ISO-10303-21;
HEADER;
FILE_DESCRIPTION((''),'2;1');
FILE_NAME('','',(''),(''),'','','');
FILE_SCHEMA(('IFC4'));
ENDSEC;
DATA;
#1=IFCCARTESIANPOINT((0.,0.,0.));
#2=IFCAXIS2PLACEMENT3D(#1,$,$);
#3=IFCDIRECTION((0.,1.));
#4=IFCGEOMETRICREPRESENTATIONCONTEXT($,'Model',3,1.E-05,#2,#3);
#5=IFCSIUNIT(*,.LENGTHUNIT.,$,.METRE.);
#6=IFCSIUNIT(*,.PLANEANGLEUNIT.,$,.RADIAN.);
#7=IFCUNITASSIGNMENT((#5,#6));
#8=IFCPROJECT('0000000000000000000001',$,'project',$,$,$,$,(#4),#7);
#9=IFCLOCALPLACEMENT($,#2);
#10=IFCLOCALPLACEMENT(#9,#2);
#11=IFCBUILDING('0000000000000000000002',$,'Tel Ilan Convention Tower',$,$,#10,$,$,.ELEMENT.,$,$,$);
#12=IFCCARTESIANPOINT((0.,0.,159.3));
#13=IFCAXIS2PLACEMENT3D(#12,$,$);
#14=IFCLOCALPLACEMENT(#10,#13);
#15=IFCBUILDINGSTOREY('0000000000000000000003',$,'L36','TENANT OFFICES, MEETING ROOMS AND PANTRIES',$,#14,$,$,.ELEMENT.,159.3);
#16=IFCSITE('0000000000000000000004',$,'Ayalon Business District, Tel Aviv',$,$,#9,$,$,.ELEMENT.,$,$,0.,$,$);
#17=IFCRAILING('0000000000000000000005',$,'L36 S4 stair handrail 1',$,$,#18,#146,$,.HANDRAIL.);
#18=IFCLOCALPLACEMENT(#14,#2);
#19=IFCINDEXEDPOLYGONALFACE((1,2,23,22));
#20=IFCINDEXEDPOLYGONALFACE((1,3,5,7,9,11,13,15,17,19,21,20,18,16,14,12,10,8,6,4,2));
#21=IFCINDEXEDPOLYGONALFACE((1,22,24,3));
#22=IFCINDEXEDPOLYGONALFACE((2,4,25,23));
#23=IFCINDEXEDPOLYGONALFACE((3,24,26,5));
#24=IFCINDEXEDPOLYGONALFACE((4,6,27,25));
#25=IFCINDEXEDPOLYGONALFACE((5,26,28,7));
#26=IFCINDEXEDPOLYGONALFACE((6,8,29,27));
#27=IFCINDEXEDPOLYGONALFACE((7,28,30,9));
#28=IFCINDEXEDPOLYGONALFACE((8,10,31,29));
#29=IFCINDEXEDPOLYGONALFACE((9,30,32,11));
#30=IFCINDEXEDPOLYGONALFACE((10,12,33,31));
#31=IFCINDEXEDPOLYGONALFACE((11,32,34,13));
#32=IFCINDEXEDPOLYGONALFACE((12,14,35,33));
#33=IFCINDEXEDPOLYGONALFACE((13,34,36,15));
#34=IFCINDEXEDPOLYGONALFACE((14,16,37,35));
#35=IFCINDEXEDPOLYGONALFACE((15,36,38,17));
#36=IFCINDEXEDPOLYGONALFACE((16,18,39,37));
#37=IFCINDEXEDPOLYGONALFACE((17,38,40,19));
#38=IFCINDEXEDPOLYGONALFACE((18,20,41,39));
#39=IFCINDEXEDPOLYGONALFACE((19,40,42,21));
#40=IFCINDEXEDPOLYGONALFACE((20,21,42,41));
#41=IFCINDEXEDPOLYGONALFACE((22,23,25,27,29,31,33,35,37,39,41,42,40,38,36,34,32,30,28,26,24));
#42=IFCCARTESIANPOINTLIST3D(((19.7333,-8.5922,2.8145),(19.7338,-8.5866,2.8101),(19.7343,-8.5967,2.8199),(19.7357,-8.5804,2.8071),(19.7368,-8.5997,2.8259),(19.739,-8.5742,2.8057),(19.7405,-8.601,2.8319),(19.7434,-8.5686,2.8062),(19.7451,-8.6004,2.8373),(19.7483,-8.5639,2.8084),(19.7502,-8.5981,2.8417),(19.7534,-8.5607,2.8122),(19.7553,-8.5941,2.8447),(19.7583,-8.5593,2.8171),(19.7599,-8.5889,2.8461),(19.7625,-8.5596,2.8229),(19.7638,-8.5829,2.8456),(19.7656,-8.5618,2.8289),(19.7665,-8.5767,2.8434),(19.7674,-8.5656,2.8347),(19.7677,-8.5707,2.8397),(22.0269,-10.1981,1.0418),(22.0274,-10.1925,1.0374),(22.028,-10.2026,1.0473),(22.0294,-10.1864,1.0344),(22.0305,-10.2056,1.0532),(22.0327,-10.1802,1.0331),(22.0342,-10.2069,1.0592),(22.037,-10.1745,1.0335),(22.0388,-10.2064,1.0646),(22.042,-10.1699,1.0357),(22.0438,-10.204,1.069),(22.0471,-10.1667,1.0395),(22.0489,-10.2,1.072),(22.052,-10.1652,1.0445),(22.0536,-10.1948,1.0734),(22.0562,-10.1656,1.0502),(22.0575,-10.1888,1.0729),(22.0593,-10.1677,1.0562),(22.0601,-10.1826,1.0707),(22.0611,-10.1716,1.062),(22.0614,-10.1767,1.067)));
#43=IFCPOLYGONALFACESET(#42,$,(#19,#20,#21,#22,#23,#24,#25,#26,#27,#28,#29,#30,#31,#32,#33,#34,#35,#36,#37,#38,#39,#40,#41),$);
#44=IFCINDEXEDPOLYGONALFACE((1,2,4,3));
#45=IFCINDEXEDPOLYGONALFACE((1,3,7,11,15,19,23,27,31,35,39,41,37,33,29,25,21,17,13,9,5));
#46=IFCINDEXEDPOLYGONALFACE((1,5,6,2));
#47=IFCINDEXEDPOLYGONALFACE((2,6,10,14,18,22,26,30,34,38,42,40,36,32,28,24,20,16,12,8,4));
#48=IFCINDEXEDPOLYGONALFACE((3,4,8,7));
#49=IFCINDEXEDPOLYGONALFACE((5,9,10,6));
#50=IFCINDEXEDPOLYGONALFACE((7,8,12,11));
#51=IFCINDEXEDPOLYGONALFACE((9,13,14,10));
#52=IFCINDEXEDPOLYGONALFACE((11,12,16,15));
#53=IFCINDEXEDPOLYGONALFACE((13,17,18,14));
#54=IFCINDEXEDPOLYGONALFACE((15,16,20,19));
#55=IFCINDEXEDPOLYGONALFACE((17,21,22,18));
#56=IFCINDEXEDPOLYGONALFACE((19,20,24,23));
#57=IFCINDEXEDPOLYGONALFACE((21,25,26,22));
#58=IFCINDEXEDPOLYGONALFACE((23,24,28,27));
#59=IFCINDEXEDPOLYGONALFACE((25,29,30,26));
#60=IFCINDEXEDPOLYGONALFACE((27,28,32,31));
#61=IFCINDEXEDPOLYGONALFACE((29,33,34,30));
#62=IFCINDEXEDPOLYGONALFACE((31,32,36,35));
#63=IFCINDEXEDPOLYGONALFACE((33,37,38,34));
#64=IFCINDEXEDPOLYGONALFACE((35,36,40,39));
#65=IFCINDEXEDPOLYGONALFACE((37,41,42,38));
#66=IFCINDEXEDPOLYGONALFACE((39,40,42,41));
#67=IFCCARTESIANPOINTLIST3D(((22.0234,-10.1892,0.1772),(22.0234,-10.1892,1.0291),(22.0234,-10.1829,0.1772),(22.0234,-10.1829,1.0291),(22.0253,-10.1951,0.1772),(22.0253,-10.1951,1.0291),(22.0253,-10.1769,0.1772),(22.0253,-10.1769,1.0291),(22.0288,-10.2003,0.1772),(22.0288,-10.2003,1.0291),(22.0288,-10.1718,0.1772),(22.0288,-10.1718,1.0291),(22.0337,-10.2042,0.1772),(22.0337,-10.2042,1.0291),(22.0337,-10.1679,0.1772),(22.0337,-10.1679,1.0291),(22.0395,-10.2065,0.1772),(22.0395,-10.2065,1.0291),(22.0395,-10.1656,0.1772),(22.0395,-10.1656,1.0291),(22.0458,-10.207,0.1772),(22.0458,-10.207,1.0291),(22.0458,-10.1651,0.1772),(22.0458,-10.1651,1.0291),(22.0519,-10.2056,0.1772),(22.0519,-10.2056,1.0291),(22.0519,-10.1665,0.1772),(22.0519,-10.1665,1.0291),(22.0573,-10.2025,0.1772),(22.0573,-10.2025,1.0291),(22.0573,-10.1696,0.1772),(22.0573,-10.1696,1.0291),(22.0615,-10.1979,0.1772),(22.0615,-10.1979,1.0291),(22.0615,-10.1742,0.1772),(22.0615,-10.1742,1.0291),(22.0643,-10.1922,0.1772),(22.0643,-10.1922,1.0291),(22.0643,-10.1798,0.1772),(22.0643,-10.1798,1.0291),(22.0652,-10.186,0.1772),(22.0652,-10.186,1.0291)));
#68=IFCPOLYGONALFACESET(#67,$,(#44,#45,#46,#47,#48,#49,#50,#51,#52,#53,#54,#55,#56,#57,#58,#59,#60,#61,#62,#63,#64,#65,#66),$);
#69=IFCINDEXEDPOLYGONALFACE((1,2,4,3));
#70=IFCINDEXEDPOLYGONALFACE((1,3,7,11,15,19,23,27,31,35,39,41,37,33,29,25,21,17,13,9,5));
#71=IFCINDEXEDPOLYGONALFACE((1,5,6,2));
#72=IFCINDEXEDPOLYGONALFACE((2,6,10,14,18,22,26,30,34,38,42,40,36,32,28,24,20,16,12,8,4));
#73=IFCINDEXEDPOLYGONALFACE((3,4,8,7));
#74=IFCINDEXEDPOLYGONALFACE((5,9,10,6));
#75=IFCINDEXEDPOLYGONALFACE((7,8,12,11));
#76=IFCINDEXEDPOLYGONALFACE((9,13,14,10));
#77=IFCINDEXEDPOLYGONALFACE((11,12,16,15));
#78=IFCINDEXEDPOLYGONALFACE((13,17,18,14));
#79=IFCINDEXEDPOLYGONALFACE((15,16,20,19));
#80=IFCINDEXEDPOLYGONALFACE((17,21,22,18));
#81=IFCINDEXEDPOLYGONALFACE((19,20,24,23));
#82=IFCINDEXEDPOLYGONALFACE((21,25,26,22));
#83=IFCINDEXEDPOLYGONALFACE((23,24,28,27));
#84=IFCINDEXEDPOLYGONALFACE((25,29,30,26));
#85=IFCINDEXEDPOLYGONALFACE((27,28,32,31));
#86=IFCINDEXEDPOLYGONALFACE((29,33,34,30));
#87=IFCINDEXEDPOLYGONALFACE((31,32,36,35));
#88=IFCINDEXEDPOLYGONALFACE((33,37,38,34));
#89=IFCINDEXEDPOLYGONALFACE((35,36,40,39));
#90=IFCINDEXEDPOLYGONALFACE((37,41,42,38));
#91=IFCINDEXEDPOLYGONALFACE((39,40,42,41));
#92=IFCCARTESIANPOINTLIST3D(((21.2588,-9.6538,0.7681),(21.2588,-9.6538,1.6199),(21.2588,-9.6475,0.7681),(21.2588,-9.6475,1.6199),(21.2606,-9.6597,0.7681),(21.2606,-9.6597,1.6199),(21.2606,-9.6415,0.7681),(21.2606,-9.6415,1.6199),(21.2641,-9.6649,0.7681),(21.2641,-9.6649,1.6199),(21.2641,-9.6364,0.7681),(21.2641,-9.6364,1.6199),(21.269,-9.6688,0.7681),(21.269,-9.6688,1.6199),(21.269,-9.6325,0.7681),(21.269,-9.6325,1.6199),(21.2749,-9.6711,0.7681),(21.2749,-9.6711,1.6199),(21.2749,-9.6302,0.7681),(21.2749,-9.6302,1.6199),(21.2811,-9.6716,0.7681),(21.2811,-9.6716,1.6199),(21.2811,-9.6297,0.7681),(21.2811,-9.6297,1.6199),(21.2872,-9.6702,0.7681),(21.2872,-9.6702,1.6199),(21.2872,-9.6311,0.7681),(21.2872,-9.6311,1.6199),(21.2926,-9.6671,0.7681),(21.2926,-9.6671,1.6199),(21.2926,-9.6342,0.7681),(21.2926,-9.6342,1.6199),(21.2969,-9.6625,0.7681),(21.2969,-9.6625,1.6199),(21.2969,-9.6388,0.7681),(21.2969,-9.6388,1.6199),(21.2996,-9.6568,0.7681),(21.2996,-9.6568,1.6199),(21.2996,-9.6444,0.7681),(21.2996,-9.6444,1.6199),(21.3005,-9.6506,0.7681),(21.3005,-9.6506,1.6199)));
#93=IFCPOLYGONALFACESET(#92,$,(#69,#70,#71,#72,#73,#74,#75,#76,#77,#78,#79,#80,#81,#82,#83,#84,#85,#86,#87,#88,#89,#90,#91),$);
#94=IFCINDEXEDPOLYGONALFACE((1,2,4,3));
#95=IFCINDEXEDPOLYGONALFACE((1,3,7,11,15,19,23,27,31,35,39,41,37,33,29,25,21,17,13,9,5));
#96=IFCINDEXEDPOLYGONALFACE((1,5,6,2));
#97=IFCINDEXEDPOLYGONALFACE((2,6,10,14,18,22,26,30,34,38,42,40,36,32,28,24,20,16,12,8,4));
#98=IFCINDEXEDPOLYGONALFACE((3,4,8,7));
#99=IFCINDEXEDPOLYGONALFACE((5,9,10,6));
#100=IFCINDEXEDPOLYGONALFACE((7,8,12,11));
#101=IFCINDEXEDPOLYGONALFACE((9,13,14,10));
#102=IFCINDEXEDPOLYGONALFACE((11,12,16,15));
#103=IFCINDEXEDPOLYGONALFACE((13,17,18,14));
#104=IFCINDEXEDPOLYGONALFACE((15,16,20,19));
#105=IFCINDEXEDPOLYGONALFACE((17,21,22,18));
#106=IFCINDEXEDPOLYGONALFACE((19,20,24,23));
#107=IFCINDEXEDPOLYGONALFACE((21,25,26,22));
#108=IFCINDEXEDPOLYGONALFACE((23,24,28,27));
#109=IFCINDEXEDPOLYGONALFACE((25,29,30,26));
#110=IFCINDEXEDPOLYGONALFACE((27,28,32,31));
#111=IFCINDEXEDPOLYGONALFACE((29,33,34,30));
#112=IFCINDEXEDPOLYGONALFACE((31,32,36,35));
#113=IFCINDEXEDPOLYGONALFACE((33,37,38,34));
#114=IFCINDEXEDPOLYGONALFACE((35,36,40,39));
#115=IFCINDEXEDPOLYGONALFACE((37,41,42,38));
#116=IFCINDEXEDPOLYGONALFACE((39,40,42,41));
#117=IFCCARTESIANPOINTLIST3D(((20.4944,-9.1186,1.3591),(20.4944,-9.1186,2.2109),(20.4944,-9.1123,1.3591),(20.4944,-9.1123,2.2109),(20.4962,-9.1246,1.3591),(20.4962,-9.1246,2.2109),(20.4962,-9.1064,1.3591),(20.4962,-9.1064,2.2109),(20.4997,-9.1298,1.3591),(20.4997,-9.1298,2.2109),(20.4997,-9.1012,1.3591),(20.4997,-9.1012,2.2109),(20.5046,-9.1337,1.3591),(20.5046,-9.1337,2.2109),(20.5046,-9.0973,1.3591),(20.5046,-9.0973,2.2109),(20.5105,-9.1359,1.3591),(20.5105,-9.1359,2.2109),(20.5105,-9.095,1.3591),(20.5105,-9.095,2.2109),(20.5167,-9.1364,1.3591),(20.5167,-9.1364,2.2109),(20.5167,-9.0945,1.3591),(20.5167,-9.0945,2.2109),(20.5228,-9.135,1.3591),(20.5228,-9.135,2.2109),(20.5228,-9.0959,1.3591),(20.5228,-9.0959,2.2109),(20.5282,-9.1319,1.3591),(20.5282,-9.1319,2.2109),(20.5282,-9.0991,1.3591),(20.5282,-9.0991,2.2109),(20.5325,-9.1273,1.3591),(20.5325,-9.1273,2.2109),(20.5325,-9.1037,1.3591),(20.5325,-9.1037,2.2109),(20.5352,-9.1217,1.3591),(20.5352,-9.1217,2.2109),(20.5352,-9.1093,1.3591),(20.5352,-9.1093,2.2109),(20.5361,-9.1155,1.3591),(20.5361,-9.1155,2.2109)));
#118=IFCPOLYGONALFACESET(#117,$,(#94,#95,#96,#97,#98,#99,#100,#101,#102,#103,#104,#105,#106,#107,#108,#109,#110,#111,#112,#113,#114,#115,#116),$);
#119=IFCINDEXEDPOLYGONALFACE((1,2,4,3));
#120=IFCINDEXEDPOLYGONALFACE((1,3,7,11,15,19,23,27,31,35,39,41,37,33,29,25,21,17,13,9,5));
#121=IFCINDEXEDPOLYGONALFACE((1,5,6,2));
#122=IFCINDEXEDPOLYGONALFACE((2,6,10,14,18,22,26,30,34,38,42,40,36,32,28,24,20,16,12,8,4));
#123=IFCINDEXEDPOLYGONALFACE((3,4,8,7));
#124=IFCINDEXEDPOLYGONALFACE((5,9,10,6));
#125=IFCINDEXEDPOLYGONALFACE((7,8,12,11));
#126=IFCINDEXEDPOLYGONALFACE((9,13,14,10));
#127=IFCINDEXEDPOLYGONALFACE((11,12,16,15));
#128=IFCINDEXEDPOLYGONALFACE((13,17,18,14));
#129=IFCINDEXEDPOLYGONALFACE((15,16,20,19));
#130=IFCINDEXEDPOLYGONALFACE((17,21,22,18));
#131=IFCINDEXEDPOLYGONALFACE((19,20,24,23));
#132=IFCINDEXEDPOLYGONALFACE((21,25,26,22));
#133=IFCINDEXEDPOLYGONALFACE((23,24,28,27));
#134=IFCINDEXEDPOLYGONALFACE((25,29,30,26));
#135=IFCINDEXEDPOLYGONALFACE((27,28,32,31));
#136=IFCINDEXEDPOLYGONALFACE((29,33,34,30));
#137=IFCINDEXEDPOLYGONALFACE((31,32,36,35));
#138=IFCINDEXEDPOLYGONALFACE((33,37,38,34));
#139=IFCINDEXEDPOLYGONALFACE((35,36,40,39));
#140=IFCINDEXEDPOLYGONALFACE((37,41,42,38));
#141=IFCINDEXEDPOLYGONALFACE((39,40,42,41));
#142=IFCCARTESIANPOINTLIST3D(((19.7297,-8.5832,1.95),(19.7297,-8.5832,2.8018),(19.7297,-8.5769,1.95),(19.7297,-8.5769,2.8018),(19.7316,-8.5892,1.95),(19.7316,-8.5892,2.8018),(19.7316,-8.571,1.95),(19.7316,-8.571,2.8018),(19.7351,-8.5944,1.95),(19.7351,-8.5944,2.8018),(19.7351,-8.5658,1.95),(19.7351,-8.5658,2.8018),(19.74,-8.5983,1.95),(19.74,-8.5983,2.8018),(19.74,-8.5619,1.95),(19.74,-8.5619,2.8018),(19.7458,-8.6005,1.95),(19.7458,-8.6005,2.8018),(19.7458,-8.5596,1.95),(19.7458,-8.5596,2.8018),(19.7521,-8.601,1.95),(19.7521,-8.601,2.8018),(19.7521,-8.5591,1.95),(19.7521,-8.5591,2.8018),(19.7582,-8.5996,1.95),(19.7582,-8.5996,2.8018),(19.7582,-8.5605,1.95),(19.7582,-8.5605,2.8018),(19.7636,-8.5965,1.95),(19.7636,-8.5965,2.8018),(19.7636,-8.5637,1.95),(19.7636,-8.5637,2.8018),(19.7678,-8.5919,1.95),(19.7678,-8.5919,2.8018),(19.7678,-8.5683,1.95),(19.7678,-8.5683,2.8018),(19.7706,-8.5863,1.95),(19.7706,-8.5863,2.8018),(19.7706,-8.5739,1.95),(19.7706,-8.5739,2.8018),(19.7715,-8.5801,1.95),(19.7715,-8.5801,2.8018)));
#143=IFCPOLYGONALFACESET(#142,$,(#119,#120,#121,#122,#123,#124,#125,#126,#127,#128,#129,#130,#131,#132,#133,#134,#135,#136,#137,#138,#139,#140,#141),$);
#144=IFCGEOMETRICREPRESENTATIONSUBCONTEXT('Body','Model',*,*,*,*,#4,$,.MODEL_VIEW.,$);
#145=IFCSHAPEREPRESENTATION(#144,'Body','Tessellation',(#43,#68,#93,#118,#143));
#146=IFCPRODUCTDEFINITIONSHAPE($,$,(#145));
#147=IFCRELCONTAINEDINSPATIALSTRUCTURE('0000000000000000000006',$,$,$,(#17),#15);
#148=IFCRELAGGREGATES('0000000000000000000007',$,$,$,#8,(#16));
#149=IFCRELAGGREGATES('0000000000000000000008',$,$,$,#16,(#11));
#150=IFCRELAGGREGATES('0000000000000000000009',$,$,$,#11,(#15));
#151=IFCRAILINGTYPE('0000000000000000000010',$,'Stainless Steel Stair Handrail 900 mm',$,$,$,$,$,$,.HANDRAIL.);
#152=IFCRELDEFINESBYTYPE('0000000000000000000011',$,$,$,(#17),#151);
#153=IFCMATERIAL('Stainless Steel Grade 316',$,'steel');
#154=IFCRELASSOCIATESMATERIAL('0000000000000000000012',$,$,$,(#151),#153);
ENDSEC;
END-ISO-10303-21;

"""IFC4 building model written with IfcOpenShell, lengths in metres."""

from ifc_helpers import new_model, si_unit, direction, frame, origin, origin_2d, place, context, subcontext, project, spatial, circle, extrude, material, type_object, element, save


model = new_model("IFC4")

# Units and contexts
model_context = context("Model", 3, precision=1e-05, world=origin(), true_north=direction((0.0, 1.0)))
body_context = subcontext(model_context, "Body", "Model", "MODEL_VIEW")
ifc_project = project(units=[si_unit("LENGTHUNIT", "METRE"), si_unit("PLANEANGLEUNIT", "RADIAN")], contexts=[model_context])

# Site, building, storey
site_placement = place(None, origin())
site = spatial("IfcSite", under=ifc_project, at=site_placement, Name="Ayalon Business District, Tel Aviv", CompositionType="ELEMENT", RefElevation=0.0)
building_placement = place(site_placement, origin())
building = spatial("IfcBuilding", under=site, at=building_placement, Name="Tel Ilan Convention Tower", CompositionType="ELEMENT")
storey_placement = place(building_placement, frame((0.0, 0.0, 159.3)))
storey = spatial("IfcBuildingStorey", under=building, at=storey_placement, Name="L36", Description="TENANT OFFICES, MEETING ROOMS AND PANTRIES", CompositionType="ELEMENT", Elevation=159.3)

# Railing
ifc_material_1 = material(Name="Stainless Steel Grade 316", Category="steel")
railing_type_1 = type_object("IfcRailingType", Name="Stainless Steel Stair Handrail 900 mm", PredefinedType="HANDRAIL", material=ifc_material_1)
railing_1_placement = place(storey_placement, frame((22.0442, -10.186, 0.1772)))
element("IfcRailing", 1, at=railing_1_placement, inside=storey, type_object=railing_type_1, Name="L36 S4 stair handrail 1", PredefinedType="HANDRAIL", context=body_context, shape_type="SweptSolid", body=[
    extrude(circle(Radius=0.0239, at=origin_2d()), frame((0.0, 0.0, 0.876), z_axis=(-0.692123, 0.484597, 0.534913), x_axis=(-0.57355, -0.81917, 0.0)), (0.0, 0.0, 1.0), 3.314),
    extrude(circle(Radius=0.021, at=origin_2d()), origin(), (0.0, 0.0, 1.0), 0.8518),
    extrude(circle(Radius=0.021, at=origin_2d()), frame((-0.7646, 0.5354, 0.5908)), (0.0, 0.0, 1.0), 0.8518),
    extrude(circle(Radius=0.021, at=origin_2d()), frame((-1.5291, 1.0706, 1.1819)), (0.0, 0.0, 1.0), 0.8518),
    extrude(circle(Radius=0.021, at=origin_2d()), frame((-2.2937, 1.606, 1.7727)), (0.0, 0.0, 1.0), 0.8518),
])

save(model, "model.ifc")
